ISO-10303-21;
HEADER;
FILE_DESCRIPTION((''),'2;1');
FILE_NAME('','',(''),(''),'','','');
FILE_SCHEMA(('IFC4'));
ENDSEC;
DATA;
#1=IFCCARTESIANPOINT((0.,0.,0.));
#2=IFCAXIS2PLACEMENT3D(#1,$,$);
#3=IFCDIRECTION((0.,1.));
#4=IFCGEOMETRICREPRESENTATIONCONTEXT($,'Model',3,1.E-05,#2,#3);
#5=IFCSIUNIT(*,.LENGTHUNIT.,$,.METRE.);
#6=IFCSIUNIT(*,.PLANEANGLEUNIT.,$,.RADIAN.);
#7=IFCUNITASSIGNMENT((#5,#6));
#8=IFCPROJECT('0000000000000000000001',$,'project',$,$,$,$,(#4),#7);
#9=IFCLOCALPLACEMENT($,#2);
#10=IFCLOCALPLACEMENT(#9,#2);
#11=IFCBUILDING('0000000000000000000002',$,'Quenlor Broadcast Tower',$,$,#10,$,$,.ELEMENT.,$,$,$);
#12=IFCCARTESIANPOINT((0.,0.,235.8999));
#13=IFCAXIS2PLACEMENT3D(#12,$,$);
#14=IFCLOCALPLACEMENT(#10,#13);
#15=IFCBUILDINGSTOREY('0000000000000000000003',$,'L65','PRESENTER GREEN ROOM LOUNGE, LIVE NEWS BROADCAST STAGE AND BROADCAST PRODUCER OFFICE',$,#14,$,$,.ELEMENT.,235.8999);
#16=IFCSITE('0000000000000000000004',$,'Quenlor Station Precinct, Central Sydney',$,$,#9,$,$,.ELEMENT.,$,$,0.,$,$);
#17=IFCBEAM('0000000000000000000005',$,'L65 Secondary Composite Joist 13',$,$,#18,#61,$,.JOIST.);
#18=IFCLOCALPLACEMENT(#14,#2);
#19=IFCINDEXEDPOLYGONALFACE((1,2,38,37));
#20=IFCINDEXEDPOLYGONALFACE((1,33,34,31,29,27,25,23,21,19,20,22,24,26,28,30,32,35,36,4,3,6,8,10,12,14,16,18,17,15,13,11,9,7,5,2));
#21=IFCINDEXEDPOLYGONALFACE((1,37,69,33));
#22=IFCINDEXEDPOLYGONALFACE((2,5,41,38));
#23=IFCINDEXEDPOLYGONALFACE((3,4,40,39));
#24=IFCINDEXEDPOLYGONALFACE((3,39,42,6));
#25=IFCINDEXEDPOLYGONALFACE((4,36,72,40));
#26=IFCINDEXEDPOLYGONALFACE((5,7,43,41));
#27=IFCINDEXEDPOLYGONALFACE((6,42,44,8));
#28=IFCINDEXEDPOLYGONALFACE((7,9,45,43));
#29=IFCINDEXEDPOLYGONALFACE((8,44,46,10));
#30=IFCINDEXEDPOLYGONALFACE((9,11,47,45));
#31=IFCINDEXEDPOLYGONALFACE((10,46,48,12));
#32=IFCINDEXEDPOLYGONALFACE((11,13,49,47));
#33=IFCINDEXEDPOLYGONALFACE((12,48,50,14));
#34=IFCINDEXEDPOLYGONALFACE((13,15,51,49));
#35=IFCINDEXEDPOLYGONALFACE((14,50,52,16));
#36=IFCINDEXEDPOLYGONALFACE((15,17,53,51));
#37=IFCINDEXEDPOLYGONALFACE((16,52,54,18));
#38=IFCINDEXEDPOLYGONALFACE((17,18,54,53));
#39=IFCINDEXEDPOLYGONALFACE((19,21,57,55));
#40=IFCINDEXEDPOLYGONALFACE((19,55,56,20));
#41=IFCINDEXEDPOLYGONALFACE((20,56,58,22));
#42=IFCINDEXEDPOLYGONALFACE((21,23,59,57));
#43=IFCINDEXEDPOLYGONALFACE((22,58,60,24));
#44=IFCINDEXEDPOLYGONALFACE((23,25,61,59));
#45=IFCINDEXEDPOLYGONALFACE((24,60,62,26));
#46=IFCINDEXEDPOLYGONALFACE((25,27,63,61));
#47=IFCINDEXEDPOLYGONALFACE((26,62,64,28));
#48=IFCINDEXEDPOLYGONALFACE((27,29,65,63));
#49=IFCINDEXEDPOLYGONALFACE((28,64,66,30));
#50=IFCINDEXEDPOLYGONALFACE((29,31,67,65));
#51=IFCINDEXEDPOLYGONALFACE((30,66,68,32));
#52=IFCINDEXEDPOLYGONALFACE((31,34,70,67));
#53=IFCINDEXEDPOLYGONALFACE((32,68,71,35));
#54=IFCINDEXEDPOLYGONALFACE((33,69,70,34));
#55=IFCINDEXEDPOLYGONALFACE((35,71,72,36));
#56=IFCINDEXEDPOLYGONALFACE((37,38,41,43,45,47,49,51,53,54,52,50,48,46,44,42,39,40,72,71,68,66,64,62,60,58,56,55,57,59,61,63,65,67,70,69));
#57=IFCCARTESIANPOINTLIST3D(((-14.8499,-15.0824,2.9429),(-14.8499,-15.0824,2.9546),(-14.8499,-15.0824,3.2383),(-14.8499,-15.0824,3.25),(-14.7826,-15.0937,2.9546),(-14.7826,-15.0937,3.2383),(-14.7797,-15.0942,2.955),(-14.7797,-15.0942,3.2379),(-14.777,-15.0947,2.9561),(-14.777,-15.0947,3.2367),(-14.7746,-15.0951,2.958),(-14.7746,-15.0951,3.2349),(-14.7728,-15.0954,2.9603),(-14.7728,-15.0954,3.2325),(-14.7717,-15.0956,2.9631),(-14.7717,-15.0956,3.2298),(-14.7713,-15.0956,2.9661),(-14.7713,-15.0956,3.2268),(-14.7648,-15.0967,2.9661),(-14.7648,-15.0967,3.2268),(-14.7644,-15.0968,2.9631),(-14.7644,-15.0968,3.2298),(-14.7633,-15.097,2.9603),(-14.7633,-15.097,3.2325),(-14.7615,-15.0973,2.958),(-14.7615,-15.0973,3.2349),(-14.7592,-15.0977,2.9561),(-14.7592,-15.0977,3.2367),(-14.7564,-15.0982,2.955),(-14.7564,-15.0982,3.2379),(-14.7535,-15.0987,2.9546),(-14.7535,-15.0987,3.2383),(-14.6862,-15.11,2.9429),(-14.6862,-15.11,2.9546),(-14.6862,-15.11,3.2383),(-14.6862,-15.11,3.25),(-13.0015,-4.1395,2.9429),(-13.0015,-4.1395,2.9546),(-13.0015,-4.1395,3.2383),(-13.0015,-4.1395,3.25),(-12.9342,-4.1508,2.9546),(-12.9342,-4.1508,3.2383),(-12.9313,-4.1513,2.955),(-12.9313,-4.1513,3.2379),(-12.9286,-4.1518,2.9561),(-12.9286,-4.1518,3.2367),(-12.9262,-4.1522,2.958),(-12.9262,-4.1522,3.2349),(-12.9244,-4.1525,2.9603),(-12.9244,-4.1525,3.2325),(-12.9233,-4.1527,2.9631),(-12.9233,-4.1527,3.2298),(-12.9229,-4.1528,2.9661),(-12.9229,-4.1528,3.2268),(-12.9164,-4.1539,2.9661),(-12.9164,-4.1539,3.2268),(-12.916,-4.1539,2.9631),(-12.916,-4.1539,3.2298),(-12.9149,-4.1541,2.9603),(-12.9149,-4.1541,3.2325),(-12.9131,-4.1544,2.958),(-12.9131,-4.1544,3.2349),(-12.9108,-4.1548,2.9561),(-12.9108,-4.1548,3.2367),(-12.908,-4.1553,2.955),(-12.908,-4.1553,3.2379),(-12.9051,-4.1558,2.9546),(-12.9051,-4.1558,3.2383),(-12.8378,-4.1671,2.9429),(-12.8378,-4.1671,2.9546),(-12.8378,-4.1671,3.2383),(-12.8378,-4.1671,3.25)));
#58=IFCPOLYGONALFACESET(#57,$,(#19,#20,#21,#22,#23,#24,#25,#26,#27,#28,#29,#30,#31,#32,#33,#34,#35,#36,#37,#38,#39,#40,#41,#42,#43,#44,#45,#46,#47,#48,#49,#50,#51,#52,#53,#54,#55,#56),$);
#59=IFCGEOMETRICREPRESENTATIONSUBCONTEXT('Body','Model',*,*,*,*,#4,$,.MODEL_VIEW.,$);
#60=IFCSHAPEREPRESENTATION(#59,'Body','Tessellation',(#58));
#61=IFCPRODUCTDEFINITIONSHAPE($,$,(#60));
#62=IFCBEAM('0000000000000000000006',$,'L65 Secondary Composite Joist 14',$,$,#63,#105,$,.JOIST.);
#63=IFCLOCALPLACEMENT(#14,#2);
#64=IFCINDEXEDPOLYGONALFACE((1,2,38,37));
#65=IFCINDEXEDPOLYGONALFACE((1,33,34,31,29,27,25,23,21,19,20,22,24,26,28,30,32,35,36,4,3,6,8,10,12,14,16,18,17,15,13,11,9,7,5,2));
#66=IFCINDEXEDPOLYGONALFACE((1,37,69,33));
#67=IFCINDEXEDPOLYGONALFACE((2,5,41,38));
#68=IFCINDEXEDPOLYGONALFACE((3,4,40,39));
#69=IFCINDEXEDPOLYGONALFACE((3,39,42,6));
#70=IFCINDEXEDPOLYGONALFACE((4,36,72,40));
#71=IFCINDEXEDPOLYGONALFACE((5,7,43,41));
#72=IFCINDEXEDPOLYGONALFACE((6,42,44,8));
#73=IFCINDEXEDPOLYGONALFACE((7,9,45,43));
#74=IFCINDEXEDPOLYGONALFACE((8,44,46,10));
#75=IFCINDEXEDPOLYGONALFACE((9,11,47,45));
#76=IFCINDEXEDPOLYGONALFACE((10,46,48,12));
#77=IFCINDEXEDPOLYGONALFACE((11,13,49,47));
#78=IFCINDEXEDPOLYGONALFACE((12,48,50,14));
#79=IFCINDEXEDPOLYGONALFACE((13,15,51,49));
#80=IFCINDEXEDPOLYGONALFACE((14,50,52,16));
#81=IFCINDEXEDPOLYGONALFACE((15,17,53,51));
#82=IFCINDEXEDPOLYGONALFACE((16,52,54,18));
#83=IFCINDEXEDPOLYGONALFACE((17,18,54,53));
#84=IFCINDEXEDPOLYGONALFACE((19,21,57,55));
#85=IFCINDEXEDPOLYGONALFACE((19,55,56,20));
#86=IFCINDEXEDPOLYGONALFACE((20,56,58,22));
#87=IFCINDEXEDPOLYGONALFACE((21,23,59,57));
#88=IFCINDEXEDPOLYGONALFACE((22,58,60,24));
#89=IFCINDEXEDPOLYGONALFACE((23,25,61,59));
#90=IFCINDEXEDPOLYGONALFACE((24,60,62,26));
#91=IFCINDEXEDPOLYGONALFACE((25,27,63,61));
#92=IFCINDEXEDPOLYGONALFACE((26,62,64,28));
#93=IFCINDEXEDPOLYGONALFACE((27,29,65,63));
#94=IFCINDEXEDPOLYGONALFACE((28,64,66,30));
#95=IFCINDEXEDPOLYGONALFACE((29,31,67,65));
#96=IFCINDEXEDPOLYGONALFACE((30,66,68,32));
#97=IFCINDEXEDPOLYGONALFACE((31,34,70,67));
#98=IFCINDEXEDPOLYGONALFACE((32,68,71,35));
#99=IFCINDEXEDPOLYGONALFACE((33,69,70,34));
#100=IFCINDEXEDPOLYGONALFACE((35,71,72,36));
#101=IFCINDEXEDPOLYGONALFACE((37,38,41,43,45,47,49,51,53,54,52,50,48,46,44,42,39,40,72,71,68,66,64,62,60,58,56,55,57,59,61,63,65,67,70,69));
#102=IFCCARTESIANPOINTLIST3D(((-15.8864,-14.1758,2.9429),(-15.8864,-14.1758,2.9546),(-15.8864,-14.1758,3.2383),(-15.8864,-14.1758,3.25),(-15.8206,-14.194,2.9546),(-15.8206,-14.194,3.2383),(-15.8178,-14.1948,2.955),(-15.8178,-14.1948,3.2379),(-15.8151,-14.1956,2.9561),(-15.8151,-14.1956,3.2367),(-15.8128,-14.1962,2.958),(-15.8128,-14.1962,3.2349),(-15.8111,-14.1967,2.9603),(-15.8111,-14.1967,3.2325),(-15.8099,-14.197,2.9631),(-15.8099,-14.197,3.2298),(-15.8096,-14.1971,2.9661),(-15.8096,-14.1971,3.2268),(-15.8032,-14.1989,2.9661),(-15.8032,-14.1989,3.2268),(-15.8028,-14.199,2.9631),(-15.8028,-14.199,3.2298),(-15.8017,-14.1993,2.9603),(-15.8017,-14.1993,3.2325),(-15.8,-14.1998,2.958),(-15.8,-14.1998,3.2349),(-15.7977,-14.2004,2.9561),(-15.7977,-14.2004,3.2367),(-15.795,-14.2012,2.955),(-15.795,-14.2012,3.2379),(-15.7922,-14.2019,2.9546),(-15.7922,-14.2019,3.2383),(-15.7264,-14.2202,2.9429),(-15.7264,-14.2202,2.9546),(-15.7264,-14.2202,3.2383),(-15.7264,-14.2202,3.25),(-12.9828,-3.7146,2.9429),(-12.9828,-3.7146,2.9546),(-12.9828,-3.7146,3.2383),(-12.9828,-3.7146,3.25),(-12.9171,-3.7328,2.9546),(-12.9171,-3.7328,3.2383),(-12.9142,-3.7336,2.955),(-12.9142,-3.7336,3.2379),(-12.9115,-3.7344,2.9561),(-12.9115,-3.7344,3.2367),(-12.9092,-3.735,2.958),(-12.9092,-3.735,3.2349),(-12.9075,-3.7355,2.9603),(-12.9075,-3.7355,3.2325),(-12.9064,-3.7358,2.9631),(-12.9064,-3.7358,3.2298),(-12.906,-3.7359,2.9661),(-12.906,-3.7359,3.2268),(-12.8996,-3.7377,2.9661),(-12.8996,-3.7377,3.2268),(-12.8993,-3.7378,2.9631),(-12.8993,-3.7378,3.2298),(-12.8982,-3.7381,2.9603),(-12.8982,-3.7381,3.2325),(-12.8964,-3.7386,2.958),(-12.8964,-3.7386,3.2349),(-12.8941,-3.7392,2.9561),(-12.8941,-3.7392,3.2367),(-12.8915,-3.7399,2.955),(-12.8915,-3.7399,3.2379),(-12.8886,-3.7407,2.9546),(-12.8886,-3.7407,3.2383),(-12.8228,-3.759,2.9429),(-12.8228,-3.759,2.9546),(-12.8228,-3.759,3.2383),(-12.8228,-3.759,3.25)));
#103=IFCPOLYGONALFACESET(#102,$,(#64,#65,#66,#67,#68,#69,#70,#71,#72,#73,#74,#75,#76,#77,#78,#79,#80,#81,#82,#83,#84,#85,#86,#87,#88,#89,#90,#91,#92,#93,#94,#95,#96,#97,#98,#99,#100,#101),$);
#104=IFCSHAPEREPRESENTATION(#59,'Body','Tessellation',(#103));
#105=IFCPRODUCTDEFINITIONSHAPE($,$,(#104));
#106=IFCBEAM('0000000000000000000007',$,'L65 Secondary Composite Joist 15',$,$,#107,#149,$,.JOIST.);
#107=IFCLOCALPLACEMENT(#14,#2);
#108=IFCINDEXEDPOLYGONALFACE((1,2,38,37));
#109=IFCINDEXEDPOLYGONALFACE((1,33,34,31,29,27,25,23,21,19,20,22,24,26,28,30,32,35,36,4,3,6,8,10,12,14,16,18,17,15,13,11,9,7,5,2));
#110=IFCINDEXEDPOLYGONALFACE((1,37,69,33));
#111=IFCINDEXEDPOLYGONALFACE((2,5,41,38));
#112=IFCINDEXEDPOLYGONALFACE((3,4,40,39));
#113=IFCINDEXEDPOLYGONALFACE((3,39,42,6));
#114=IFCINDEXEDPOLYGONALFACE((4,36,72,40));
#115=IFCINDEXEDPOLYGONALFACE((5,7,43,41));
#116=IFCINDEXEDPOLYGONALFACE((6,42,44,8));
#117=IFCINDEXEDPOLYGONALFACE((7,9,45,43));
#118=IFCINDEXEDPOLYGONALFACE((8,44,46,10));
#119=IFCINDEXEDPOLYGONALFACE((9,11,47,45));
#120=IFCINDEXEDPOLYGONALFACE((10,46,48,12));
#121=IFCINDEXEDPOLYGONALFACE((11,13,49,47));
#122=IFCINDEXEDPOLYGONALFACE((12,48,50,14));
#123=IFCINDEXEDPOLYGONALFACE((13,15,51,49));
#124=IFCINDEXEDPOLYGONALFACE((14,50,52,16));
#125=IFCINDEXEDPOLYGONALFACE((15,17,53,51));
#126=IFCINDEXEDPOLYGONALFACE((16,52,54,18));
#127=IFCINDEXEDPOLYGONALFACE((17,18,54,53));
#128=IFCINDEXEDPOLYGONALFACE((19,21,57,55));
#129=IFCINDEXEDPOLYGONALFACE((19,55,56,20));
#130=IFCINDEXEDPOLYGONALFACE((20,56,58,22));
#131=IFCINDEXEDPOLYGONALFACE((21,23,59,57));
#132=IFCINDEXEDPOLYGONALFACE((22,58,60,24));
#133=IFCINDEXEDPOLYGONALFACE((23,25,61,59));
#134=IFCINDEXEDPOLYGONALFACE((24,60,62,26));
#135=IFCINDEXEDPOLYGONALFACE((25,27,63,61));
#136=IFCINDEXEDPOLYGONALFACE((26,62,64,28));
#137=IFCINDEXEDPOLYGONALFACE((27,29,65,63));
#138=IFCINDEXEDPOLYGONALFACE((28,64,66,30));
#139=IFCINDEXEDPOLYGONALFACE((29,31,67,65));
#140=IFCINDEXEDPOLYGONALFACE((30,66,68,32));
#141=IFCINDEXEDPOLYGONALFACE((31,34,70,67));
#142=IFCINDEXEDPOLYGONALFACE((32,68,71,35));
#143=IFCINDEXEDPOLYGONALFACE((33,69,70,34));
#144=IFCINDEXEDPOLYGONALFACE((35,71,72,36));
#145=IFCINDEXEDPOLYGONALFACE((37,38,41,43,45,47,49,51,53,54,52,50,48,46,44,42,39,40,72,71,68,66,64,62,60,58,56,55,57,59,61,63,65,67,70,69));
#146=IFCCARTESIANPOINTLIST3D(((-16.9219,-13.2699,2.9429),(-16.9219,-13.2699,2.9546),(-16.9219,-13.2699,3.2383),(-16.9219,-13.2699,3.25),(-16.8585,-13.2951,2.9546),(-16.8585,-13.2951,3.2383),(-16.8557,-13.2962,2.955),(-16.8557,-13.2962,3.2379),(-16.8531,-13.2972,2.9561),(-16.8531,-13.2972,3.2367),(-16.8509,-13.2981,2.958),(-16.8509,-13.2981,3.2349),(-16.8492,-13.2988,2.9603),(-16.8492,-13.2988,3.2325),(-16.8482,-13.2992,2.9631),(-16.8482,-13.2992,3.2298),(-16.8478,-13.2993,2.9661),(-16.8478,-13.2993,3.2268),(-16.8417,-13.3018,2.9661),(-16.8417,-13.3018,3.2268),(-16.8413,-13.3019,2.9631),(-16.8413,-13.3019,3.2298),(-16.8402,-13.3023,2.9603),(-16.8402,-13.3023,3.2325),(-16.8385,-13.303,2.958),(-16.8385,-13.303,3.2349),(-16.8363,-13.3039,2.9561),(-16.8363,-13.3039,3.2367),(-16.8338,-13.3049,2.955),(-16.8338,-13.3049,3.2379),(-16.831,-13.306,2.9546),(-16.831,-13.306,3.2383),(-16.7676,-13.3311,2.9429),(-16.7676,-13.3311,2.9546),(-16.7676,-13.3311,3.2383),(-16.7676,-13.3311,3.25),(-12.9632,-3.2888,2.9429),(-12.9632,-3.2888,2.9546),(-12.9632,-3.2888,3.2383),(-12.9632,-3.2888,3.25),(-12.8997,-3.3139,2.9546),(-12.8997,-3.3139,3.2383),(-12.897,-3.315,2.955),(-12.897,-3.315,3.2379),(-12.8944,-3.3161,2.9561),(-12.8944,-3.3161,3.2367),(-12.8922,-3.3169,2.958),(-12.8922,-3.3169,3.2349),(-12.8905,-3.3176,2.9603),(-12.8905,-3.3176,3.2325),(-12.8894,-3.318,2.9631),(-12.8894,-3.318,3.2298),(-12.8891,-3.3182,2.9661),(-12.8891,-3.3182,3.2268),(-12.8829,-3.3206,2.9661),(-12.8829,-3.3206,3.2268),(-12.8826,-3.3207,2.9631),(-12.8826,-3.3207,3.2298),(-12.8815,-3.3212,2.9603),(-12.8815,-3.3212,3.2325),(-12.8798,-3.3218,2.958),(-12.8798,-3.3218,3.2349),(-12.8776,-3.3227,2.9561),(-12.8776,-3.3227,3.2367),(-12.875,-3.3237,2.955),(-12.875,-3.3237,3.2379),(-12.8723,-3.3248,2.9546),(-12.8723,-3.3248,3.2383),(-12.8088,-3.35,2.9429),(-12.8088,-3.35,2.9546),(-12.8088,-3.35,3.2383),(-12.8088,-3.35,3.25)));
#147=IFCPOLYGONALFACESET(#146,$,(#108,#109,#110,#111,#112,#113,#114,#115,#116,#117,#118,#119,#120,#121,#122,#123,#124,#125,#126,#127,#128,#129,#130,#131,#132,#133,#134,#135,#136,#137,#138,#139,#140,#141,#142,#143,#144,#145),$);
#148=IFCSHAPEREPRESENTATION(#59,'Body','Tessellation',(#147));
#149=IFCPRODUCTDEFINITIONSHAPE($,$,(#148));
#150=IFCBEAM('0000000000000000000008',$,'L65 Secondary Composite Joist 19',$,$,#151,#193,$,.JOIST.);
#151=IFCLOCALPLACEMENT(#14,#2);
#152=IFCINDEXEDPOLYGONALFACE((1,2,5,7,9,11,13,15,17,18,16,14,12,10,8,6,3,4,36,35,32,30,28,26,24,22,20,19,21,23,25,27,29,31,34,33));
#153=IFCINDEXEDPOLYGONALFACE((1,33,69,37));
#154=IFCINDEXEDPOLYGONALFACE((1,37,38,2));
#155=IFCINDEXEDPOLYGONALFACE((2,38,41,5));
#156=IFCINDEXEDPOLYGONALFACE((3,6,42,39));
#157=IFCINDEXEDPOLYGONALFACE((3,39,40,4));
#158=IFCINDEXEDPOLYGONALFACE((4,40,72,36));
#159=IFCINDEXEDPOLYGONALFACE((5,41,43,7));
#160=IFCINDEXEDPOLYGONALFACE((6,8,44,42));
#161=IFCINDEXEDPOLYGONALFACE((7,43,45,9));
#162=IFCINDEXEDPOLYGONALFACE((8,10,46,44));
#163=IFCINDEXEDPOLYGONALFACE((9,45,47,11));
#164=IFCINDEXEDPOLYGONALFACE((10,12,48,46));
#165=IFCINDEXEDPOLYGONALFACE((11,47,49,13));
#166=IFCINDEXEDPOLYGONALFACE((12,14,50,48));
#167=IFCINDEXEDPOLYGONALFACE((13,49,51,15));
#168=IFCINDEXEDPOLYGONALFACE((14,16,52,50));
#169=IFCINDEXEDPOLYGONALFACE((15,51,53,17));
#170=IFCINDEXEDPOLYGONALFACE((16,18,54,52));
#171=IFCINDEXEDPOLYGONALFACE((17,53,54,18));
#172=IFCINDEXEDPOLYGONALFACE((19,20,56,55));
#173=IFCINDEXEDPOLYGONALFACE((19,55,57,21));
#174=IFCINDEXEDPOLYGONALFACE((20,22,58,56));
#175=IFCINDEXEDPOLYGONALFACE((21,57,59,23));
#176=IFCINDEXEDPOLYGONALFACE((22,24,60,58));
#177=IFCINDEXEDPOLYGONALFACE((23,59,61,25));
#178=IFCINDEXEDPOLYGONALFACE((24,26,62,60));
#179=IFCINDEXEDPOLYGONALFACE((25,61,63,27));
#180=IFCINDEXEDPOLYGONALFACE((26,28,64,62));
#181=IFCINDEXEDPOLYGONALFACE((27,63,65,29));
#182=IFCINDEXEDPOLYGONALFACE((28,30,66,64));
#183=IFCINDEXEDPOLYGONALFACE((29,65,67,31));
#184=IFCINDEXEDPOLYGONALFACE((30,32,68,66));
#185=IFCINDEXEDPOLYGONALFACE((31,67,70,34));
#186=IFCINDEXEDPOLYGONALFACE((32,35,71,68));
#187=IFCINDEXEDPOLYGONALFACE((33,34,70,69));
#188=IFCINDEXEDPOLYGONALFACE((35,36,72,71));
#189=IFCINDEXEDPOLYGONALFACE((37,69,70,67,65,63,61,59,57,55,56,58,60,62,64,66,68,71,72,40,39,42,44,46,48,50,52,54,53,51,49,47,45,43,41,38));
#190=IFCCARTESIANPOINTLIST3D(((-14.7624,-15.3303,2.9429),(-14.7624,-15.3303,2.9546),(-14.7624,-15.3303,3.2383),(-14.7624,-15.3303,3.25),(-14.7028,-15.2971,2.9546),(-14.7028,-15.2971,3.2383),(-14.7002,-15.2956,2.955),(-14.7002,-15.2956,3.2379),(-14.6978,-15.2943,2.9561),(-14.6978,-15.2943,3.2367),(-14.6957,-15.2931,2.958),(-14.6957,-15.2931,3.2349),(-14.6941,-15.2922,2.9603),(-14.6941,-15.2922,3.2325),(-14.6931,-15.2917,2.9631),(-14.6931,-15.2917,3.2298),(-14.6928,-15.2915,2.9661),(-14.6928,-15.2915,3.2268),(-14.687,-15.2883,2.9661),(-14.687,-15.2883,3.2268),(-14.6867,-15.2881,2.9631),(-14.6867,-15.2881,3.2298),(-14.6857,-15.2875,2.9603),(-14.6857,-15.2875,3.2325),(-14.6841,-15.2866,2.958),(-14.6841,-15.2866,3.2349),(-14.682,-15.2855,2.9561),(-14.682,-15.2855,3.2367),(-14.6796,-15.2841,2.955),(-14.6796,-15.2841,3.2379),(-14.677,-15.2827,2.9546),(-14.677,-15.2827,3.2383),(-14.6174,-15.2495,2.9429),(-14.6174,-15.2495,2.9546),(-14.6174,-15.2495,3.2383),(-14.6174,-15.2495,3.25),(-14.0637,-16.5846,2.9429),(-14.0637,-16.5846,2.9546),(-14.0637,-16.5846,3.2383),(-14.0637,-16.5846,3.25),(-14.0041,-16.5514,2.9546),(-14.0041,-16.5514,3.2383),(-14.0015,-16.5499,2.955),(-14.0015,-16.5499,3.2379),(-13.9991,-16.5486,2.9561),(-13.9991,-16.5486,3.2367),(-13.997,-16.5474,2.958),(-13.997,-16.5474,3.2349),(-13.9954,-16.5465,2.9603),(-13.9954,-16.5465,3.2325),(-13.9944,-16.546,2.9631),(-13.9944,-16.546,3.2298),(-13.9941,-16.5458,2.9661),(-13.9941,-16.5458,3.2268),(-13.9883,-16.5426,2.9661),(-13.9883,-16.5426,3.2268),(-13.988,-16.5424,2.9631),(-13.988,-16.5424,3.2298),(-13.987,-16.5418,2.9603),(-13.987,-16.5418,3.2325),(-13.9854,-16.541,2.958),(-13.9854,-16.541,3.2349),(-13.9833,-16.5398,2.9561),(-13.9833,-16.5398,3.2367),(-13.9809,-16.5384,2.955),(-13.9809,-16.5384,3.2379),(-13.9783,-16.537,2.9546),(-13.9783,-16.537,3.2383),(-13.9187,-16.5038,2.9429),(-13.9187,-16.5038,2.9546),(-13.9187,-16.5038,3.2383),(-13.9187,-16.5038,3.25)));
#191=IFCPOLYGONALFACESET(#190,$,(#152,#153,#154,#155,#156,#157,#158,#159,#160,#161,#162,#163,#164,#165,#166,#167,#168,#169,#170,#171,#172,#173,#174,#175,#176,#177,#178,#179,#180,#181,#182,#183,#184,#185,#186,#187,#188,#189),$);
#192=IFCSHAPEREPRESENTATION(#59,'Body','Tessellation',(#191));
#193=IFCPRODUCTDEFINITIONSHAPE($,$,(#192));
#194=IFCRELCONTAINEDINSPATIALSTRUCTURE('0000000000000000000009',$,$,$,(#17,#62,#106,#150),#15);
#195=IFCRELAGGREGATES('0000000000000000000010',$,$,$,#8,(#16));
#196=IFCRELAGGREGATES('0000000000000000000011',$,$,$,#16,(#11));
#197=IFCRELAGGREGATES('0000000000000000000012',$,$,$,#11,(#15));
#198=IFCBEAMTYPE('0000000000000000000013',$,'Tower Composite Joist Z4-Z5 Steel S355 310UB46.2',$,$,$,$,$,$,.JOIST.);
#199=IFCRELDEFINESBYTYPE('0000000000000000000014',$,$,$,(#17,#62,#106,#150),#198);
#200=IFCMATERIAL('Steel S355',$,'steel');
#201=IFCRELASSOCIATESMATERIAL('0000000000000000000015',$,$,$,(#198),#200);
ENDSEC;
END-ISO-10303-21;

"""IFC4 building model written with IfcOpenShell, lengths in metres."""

from ifc_helpers import new_model, si_unit, direction, frame, origin, origin_2d, place, context, subcontext, project, spatial, i_section, extrude, material, material_profile, profile_set, type_object, element, save


model = new_model("IFC4")

# Units and contexts
model_context = context("Model", 3, precision=1e-05, world=origin(), true_north=direction((0.0, 1.0)))
body_context = subcontext(model_context, "Body", "Model", "MODEL_VIEW")
ifc_project = project(units=[si_unit("LENGTHUNIT", "METRE"), si_unit("PLANEANGLEUNIT", "RADIAN")], contexts=[model_context])

# Site, building, storey
site_placement = place(None, origin())
site = spatial("IfcSite", under=ifc_project, at=site_placement, Name="Quenlor Station Precinct, Central Sydney", CompositionType="ELEMENT", RefElevation=0.0)
building_placement = place(site_placement, origin())
building = spatial("IfcBuilding", under=site, at=building_placement, Name="Quenlor Broadcast Tower", CompositionType="ELEMENT")
storey_placement = place(building_placement, frame((0.0, 0.0, 235.8999)))
storey = spatial("IfcBuildingStorey", under=building, at=storey_placement, Name="L65", Description="PRESENTER GREEN ROOM LOUNGE, LIVE NEWS BROADCAST STAGE AND BROADCAST PRODUCER OFFICE", CompositionType="ELEMENT", Elevation=235.8999)

# Beams
ifc_material_1 = material(Name="Steel S355", Category="steel")
ifc_material_profile_1 = material_profile(ifc_material_1, i_section(OverallWidth=0.166, OverallDepth=0.3071, WebThickness=0.0066, FlangeThickness=0.0117, FilletRadius=0.0115, at=origin_2d()))
ifc_profile_set_1 = profile_set([ifc_material_profile_1], Name="Steel S355 310UB46.2")
beam_type_1 = type_object("IfcBeamType", Name="Tower Composite Joist Z4-Z5 Steel S355 310UB46.2", PredefinedType="JOIST", material=ifc_profile_set_1)
beam_1_placement = place(storey_placement, frame((-14.7681, -15.0962, 3.0964), z_axis=(0.166553, 0.986032, 0.0), x_axis=(-0.986032, 0.166553, 0.0)))
element("IfcBeam", 1, at=beam_1_placement, inside=storey, type_object=beam_type_1, Name="L65 Secondary Composite Joist 13", PredefinedType="JOIST", context=body_context, shape_type="SweptSolid", body=[
    extrude(i_section(OverallWidth=0.166, OverallDepth=0.3071, WebThickness=0.0066, FlangeThickness=0.0117, FilletRadius=0.0115, at=origin_2d()), origin(), (0.0, 0.0, 1.0), 11.0979),
])
beam_2_placement = place(storey_placement, frame((-15.8064, -14.198, 3.0964), z_axis=(0.267446, 0.963573, 0.0), x_axis=(-0.963573, 0.267446, 0.0)))
element("IfcBeam", 2, at=beam_2_placement, inside=storey, type_object=beam_type_1, Name="L65 Secondary Composite Joist 14", PredefinedType="JOIST", context=body_context, shape_type="SweptSolid", body=[
    extrude(i_section(OverallWidth=0.166, OverallDepth=0.3071, WebThickness=0.0066, FlangeThickness=0.0117, FilletRadius=0.0115, at=origin_2d()), origin(), (0.0, 0.0, 1.0), 10.8567),
])
beam_3_placement = place(storey_placement, frame((-16.8447, -13.3005, 3.0964), z_axis=(0.36868, 0.929556, 0.0), x_axis=(-0.929556, 0.36868, 0.0)))
element("IfcBeam", 3, at=beam_3_placement, inside=storey, type_object=beam_type_1, Name="L65 Secondary Composite Joist 15", PredefinedType="JOIST", context=body_context, shape_type="SweptSolid", body=[
    extrude(i_section(OverallWidth=0.166, OverallDepth=0.3071, WebThickness=0.0066, FlangeThickness=0.0117, FilletRadius=0.0115, at=origin_2d()), origin(), (0.0, 0.0, 1.0), 10.7375),
])
beam_4_placement = place(storey_placement, frame((-13.9912, -16.5442, 3.0964), z_axis=(-0.486624, 0.873611, 0.0), x_axis=(-0.873611, -0.486624, 0.0)))
element("IfcBeam", 4, at=beam_4_placement, inside=storey, type_object=beam_type_1, Name="L65 Secondary Composite Joist 19", PredefinedType="JOIST", context=body_context, shape_type="SweptSolid", body=[
    extrude(i_section(OverallWidth=0.166, OverallDepth=0.3071, WebThickness=0.0066, FlangeThickness=0.0117, FilletRadius=0.0115, at=origin_2d()), origin(), (0.0, 0.0, 1.0), 1.4358),
])

save(model, "model.ifc")
